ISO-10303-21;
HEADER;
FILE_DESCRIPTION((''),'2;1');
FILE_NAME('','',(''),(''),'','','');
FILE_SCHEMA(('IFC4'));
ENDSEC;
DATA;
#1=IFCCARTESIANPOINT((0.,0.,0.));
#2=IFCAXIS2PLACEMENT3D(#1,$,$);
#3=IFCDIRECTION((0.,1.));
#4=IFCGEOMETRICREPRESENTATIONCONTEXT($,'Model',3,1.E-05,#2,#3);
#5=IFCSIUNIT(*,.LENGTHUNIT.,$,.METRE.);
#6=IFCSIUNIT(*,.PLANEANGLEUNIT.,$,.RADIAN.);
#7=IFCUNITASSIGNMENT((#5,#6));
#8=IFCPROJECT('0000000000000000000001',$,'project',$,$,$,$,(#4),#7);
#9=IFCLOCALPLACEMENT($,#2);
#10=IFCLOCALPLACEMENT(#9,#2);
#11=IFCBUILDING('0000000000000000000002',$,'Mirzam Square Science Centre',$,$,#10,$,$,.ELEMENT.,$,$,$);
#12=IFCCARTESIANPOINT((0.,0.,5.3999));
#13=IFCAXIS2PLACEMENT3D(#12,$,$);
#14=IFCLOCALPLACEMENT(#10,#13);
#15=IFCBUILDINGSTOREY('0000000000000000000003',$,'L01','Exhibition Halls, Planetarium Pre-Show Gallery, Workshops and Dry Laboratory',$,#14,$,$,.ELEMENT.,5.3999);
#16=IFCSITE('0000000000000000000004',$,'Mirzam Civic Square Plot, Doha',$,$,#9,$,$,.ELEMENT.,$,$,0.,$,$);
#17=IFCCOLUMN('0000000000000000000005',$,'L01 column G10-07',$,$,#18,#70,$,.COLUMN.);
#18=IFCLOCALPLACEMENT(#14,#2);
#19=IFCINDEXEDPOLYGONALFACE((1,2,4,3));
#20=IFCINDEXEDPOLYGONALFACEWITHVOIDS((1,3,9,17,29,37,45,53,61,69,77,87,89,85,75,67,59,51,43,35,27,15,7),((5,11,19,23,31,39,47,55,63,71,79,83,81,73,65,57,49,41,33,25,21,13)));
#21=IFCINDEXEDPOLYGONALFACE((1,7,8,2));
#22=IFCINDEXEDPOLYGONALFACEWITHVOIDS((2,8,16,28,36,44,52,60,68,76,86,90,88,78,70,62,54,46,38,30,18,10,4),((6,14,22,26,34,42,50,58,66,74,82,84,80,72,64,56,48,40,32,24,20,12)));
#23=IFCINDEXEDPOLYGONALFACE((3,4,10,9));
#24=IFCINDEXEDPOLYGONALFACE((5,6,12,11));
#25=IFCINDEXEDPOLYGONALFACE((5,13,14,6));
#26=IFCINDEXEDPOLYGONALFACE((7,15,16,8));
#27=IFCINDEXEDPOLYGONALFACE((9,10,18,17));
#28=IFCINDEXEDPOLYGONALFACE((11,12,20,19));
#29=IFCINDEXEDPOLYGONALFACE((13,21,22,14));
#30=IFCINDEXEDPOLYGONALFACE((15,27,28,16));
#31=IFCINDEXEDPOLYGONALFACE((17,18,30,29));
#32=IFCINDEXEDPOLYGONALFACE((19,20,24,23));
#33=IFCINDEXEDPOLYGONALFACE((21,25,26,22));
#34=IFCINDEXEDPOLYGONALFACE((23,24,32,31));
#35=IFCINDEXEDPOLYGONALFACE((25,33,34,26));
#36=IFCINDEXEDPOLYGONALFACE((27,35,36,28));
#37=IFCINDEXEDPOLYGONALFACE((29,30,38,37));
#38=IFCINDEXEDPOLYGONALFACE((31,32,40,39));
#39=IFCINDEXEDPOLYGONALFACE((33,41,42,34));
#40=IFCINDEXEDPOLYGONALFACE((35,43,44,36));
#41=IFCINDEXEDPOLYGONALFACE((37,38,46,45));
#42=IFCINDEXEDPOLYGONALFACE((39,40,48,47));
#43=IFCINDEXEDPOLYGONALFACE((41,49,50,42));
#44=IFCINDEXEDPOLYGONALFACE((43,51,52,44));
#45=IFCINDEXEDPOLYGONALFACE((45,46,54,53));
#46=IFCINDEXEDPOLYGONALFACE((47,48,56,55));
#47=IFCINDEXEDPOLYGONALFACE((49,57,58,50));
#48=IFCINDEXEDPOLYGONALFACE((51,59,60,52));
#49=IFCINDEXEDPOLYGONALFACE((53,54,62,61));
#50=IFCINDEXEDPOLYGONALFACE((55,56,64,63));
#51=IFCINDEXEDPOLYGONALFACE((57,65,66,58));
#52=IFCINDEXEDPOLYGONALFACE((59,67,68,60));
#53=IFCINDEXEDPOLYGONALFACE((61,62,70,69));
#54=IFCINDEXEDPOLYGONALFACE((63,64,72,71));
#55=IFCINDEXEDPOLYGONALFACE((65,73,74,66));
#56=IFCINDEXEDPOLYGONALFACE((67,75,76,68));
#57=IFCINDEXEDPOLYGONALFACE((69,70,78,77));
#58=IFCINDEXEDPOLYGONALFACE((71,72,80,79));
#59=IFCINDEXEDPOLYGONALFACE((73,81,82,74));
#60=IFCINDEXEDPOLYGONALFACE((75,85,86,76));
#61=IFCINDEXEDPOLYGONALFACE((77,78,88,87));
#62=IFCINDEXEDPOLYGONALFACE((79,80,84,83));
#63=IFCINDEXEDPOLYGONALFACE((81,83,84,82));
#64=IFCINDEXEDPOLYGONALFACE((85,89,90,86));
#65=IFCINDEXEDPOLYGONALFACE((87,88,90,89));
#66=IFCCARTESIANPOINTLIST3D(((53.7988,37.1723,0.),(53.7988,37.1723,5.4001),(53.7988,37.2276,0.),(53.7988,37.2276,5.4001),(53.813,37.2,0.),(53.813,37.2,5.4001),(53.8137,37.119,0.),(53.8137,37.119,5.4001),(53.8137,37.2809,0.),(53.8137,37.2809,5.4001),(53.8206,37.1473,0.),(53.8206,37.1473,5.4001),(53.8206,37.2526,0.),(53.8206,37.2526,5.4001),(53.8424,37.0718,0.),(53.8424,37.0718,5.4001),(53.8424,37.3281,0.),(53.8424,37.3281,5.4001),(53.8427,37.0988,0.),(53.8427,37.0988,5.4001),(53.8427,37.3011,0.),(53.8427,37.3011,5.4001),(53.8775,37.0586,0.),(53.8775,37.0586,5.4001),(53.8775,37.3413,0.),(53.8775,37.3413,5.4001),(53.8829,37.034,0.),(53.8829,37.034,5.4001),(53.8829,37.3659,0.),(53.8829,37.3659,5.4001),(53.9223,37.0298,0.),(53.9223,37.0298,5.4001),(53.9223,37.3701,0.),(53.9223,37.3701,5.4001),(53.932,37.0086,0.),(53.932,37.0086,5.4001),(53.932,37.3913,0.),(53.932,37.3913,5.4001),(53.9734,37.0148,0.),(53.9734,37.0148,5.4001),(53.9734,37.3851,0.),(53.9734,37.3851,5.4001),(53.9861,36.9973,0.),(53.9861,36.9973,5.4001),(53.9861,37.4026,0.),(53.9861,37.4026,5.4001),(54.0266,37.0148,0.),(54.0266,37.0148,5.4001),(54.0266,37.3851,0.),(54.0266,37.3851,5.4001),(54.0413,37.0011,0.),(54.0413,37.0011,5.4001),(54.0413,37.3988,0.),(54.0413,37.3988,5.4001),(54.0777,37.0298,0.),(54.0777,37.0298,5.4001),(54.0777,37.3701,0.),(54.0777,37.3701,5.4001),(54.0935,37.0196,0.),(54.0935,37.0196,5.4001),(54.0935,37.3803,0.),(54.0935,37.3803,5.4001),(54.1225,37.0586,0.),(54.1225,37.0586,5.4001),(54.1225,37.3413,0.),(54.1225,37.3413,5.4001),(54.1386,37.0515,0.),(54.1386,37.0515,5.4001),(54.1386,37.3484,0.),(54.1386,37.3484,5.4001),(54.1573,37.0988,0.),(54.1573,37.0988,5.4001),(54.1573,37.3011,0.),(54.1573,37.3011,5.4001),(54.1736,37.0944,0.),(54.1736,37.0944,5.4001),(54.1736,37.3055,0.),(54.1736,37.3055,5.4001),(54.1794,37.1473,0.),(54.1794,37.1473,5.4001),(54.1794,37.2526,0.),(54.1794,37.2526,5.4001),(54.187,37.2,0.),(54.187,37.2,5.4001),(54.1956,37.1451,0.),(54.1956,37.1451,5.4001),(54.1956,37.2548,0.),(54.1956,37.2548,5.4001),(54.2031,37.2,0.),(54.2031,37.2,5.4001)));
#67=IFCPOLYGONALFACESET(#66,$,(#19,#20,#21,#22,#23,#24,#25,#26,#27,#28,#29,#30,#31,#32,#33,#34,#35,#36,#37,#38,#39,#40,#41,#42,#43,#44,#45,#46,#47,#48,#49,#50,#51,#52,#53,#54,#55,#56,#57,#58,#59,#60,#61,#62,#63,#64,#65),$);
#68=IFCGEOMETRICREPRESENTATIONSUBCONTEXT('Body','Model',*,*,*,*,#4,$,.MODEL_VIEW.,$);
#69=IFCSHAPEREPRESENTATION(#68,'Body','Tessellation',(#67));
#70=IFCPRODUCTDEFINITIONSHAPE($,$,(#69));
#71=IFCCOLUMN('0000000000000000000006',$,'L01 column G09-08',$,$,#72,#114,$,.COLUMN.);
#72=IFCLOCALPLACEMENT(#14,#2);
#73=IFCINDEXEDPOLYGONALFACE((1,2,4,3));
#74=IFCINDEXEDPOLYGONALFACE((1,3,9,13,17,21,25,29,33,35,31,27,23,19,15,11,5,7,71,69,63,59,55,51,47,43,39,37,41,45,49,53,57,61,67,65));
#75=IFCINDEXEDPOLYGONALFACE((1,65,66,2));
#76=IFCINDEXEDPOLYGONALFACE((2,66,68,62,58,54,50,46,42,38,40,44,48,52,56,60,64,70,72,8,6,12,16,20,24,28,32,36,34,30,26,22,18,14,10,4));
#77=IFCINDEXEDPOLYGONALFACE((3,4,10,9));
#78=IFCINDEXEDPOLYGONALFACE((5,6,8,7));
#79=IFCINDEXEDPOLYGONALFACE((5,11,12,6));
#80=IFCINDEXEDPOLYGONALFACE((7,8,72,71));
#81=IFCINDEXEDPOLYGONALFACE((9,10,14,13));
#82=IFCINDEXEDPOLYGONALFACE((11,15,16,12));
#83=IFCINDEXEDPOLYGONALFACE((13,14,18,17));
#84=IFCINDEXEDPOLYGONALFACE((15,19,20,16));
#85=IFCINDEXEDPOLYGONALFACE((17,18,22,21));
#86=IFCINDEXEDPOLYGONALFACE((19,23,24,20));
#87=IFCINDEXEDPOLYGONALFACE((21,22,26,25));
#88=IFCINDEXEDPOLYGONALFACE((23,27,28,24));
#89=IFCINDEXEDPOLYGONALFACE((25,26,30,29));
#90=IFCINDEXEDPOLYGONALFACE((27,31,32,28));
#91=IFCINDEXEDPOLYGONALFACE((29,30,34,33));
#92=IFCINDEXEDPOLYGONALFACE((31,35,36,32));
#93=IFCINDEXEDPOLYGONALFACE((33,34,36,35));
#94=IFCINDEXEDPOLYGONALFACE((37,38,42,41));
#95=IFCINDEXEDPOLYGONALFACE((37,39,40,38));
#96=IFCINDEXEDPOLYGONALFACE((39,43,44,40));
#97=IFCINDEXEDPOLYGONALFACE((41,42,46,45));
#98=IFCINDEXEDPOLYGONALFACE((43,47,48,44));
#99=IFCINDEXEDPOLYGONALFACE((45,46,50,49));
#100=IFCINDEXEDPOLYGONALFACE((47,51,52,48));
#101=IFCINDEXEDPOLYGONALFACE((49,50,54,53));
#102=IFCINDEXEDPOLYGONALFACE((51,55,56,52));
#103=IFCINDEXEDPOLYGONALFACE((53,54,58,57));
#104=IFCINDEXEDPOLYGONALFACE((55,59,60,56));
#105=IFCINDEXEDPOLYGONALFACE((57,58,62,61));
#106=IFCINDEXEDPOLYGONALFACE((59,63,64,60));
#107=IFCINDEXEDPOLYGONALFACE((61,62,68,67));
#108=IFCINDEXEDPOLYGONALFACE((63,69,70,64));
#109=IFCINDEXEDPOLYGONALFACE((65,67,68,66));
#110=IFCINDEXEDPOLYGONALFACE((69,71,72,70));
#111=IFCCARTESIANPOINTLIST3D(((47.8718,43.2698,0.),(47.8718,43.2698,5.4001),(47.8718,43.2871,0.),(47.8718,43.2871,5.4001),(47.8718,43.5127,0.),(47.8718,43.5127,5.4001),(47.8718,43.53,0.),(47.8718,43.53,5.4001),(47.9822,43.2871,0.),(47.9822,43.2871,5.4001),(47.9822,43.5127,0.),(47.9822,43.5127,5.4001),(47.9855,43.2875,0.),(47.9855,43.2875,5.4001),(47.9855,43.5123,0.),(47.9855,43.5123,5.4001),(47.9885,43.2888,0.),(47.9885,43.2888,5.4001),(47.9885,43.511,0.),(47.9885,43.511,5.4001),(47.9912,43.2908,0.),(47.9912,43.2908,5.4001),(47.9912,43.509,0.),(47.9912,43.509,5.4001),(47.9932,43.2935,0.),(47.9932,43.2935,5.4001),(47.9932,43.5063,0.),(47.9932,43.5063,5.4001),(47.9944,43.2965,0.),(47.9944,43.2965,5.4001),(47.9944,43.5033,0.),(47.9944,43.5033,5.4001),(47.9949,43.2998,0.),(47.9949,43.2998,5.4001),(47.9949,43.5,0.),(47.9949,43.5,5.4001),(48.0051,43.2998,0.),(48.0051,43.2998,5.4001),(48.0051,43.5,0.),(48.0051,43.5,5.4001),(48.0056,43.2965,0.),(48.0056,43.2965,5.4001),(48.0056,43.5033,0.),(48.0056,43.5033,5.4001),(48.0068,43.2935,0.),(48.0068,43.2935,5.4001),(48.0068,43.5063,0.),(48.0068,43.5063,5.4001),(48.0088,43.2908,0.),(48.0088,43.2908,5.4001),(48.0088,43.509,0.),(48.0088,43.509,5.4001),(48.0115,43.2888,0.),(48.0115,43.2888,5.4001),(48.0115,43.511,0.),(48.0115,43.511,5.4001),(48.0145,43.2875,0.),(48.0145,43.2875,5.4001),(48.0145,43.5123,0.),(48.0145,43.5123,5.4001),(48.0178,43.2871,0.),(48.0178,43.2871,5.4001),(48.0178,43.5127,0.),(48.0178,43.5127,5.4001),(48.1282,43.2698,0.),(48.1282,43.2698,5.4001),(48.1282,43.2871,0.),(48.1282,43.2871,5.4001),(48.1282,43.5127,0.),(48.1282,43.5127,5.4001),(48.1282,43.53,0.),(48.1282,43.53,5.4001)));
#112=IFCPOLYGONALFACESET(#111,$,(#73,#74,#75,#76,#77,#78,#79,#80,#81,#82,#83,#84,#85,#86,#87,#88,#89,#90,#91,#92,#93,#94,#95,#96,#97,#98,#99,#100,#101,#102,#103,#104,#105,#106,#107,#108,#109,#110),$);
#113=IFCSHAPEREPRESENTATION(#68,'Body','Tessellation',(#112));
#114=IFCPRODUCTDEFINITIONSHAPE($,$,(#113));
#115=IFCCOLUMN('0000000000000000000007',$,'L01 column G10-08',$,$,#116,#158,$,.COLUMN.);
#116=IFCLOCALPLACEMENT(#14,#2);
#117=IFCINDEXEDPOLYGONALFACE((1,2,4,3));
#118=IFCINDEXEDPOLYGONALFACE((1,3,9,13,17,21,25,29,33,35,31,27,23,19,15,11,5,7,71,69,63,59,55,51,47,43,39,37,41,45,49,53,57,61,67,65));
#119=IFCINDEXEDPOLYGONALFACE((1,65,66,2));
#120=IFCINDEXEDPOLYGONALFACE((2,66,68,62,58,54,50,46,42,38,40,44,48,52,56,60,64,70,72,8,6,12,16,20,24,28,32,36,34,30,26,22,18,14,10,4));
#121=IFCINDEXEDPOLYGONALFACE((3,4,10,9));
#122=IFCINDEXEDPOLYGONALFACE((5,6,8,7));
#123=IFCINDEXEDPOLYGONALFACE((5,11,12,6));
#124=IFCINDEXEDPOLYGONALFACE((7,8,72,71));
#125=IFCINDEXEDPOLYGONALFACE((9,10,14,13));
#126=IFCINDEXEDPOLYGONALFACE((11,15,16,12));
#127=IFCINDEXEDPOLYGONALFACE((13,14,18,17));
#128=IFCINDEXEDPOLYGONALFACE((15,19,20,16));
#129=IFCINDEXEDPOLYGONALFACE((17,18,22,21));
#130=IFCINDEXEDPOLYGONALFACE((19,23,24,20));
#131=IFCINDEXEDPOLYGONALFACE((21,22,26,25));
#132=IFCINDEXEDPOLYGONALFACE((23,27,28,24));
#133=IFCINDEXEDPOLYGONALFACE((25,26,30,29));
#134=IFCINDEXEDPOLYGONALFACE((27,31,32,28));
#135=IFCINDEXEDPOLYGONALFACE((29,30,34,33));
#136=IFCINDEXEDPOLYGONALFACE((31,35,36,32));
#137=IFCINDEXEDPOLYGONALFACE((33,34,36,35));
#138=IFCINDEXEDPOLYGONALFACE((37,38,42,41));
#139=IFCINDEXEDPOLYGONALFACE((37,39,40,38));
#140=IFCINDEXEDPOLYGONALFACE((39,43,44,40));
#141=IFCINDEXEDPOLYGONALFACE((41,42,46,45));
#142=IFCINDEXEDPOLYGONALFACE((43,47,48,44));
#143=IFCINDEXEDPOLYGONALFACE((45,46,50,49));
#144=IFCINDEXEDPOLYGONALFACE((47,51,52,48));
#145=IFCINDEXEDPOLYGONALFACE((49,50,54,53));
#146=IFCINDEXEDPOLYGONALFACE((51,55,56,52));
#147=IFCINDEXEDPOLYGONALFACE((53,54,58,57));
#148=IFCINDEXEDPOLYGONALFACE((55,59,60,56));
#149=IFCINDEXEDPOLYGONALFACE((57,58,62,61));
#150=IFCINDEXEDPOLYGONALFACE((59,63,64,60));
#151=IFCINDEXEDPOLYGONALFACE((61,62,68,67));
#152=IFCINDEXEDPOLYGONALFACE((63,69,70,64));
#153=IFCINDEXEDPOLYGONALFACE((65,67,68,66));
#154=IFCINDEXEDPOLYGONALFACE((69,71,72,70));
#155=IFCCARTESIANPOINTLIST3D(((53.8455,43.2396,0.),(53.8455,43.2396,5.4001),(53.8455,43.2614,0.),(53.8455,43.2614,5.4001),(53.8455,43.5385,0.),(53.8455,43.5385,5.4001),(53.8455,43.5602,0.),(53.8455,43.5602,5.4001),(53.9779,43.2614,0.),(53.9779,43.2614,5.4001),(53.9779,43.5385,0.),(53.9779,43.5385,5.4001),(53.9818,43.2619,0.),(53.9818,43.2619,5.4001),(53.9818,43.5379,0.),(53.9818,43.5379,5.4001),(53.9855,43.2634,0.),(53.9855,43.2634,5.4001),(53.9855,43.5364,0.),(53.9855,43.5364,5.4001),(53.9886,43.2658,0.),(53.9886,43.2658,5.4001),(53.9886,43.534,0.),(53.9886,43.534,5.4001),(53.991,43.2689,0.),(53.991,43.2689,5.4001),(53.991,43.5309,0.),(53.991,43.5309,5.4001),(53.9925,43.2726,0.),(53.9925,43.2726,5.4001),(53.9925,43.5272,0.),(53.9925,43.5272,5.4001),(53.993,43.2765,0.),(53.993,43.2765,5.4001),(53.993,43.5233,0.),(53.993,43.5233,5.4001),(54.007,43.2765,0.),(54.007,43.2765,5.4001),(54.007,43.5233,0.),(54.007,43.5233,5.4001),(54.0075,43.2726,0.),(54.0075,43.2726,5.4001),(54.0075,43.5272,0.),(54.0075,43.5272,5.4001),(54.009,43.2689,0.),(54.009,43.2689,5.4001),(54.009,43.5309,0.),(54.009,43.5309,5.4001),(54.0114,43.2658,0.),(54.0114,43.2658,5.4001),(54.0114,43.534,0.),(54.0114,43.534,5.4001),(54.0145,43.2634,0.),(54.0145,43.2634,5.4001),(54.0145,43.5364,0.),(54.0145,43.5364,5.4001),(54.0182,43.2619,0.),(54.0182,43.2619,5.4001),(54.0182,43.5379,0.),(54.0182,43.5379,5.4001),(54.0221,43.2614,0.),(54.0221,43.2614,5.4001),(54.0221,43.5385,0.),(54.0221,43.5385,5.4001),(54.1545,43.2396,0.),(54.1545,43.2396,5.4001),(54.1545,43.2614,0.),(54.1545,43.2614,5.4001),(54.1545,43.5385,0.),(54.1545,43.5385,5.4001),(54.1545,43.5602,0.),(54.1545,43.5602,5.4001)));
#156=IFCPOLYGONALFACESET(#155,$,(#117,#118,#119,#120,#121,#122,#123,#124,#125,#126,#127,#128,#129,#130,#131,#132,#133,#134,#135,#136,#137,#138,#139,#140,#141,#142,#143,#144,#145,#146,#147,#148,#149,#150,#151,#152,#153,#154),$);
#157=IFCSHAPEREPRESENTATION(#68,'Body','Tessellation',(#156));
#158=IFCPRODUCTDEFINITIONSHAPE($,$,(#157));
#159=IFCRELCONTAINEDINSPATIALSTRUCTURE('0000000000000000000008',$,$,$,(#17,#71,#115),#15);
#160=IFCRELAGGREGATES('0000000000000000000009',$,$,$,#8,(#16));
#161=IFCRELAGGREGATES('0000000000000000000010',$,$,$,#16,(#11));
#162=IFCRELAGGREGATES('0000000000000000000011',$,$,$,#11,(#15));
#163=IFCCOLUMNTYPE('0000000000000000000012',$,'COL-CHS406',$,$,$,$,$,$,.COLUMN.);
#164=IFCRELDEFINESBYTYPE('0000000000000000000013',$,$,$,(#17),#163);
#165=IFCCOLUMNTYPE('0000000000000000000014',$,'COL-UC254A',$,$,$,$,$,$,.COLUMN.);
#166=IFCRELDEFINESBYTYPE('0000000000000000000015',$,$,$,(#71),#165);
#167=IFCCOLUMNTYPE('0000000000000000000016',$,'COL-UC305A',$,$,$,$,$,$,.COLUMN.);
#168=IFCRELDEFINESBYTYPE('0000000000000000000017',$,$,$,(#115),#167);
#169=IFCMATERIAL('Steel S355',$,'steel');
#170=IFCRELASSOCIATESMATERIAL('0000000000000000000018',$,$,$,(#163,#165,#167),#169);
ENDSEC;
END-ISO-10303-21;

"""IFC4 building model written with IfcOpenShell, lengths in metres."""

from ifc_helpers import new_model, si_unit, direction, frame, origin, origin_2d, place, context, subcontext, project, spatial, hollow_circle, i_section, extrude, material, material_profile, profile_set, type_object, element, save


model = new_model("IFC4")

# Units and contexts
model_context = context("Model", 3, precision=1e-05, world=origin(), true_north=direction((0.0, 1.0)))
body_context = subcontext(model_context, "Body", "Model", "MODEL_VIEW")
ifc_project = project(units=[si_unit("LENGTHUNIT", "METRE"), si_unit("PLANEANGLEUNIT", "RADIAN")], contexts=[model_context])

# Site, building, storey
site_placement = place(None, origin())
site = spatial("IfcSite", under=ifc_project, at=site_placement, Name="Mirzam Civic Square Plot, Doha", CompositionType="ELEMENT", RefElevation=0.0)
building_placement = place(site_placement, origin())
building = spatial("IfcBuilding", under=site, at=building_placement, Name="Mirzam Square Science Centre", CompositionType="ELEMENT")
storey_placement = place(building_placement, frame((0.0, 0.0, 5.3999)))
storey = spatial("IfcBuildingStorey", under=building, at=storey_placement, Name="L01", Description="Exhibition Halls, Planetarium Pre-Show Gallery, Workshops and Dry Laboratory", CompositionType="ELEMENT", Elevation=5.3999)

# Columns
ifc_material_1 = material(Name="Steel S355", Category="steel")
ifc_material_profile_1 = material_profile(ifc_material_1, hollow_circle(Radius=0.2031, WallThickness=0.0161, at=origin_2d()), Name="406.4x16.0CHS")
ifc_profile_set_1 = profile_set([ifc_material_profile_1], Name="Steel S355")
column_type_1 = type_object("IfcColumnType", Name="COL-CHS406", PredefinedType="COLUMN", material=ifc_profile_set_1)
column_1_placement = place(storey_placement, frame((54.0, 37.2, 0.0), z_axis=(0.0, 0.0, 1.0), x_axis=(1.0, 0.0, 0.0)))
element("IfcColumn", 1, at=column_1_placement, inside=storey, type_object=column_type_1, Name="L01 column G10-07", PredefinedType="COLUMN", context=body_context, shape_type="SweptSolid", body=[
    extrude(hollow_circle(Radius=0.2031, WallThickness=0.0161, at=origin_2d()), origin(), (0.0, 0.0, 1.0), 5.4001),
])
ifc_material_profile_2 = material_profile(ifc_material_1, i_section(OverallWidth=0.2563, OverallDepth=0.2603, WebThickness=0.0103, FlangeThickness=0.0173, FilletRadius=0.0127, at=origin_2d()), Name="254x254x89UC")
ifc_profile_set_2 = profile_set([ifc_material_profile_2], Name="Steel S355")
column_type_2 = type_object("IfcColumnType", Name="COL-UC254A", PredefinedType="COLUMN", material=ifc_profile_set_2)
column_2_placement = place(storey_placement, frame((48.0, 43.3999, 0.0), z_axis=(0.0, 0.0, 1.0), x_axis=(1.0, 0.0, 0.0)))
element("IfcColumn", 2, at=column_2_placement, inside=storey, type_object=column_type_2, Name="L01 column G09-08", PredefinedType="COLUMN", context=body_context, shape_type="SweptSolid", body=[
    extrude(i_section(OverallWidth=0.2563, OverallDepth=0.2603, WebThickness=0.0103, FlangeThickness=0.0173, FilletRadius=0.0127, at=origin_2d()), origin(), (0.0, 0.0, 1.0), 5.4001),
])
ifc_material_profile_3 = material_profile(ifc_material_1, i_section(OverallWidth=0.3091, OverallDepth=0.3206, WebThickness=0.0139, FlangeThickness=0.0217, FilletRadius=0.0151, at=origin_2d()), Name="305x305x137UC")
ifc_profile_set_3 = profile_set([ifc_material_profile_3], Name="Steel S355")
column_type_3 = type_object("IfcColumnType", Name="COL-UC305A", PredefinedType="COLUMN", material=ifc_profile_set_3)
column_3_placement = place(storey_placement, frame((54.0, 43.3999, 0.0), z_axis=(0.0, 0.0, 1.0), x_axis=(1.0, 0.0, 0.0)))
element("IfcColumn", 3, at=column_3_placement, inside=storey, type_object=column_type_3, Name="L01 column G10-08", PredefinedType="COLUMN", context=body_context, shape_type="SweptSolid", body=[
    extrude(i_section(OverallWidth=0.3091, OverallDepth=0.3206, WebThickness=0.0139, FlangeThickness=0.0217, FilletRadius=0.0151, at=origin_2d()), origin(), (0.0, 0.0, 1.0), 5.4001),
])

save(model, "model.ifc")
